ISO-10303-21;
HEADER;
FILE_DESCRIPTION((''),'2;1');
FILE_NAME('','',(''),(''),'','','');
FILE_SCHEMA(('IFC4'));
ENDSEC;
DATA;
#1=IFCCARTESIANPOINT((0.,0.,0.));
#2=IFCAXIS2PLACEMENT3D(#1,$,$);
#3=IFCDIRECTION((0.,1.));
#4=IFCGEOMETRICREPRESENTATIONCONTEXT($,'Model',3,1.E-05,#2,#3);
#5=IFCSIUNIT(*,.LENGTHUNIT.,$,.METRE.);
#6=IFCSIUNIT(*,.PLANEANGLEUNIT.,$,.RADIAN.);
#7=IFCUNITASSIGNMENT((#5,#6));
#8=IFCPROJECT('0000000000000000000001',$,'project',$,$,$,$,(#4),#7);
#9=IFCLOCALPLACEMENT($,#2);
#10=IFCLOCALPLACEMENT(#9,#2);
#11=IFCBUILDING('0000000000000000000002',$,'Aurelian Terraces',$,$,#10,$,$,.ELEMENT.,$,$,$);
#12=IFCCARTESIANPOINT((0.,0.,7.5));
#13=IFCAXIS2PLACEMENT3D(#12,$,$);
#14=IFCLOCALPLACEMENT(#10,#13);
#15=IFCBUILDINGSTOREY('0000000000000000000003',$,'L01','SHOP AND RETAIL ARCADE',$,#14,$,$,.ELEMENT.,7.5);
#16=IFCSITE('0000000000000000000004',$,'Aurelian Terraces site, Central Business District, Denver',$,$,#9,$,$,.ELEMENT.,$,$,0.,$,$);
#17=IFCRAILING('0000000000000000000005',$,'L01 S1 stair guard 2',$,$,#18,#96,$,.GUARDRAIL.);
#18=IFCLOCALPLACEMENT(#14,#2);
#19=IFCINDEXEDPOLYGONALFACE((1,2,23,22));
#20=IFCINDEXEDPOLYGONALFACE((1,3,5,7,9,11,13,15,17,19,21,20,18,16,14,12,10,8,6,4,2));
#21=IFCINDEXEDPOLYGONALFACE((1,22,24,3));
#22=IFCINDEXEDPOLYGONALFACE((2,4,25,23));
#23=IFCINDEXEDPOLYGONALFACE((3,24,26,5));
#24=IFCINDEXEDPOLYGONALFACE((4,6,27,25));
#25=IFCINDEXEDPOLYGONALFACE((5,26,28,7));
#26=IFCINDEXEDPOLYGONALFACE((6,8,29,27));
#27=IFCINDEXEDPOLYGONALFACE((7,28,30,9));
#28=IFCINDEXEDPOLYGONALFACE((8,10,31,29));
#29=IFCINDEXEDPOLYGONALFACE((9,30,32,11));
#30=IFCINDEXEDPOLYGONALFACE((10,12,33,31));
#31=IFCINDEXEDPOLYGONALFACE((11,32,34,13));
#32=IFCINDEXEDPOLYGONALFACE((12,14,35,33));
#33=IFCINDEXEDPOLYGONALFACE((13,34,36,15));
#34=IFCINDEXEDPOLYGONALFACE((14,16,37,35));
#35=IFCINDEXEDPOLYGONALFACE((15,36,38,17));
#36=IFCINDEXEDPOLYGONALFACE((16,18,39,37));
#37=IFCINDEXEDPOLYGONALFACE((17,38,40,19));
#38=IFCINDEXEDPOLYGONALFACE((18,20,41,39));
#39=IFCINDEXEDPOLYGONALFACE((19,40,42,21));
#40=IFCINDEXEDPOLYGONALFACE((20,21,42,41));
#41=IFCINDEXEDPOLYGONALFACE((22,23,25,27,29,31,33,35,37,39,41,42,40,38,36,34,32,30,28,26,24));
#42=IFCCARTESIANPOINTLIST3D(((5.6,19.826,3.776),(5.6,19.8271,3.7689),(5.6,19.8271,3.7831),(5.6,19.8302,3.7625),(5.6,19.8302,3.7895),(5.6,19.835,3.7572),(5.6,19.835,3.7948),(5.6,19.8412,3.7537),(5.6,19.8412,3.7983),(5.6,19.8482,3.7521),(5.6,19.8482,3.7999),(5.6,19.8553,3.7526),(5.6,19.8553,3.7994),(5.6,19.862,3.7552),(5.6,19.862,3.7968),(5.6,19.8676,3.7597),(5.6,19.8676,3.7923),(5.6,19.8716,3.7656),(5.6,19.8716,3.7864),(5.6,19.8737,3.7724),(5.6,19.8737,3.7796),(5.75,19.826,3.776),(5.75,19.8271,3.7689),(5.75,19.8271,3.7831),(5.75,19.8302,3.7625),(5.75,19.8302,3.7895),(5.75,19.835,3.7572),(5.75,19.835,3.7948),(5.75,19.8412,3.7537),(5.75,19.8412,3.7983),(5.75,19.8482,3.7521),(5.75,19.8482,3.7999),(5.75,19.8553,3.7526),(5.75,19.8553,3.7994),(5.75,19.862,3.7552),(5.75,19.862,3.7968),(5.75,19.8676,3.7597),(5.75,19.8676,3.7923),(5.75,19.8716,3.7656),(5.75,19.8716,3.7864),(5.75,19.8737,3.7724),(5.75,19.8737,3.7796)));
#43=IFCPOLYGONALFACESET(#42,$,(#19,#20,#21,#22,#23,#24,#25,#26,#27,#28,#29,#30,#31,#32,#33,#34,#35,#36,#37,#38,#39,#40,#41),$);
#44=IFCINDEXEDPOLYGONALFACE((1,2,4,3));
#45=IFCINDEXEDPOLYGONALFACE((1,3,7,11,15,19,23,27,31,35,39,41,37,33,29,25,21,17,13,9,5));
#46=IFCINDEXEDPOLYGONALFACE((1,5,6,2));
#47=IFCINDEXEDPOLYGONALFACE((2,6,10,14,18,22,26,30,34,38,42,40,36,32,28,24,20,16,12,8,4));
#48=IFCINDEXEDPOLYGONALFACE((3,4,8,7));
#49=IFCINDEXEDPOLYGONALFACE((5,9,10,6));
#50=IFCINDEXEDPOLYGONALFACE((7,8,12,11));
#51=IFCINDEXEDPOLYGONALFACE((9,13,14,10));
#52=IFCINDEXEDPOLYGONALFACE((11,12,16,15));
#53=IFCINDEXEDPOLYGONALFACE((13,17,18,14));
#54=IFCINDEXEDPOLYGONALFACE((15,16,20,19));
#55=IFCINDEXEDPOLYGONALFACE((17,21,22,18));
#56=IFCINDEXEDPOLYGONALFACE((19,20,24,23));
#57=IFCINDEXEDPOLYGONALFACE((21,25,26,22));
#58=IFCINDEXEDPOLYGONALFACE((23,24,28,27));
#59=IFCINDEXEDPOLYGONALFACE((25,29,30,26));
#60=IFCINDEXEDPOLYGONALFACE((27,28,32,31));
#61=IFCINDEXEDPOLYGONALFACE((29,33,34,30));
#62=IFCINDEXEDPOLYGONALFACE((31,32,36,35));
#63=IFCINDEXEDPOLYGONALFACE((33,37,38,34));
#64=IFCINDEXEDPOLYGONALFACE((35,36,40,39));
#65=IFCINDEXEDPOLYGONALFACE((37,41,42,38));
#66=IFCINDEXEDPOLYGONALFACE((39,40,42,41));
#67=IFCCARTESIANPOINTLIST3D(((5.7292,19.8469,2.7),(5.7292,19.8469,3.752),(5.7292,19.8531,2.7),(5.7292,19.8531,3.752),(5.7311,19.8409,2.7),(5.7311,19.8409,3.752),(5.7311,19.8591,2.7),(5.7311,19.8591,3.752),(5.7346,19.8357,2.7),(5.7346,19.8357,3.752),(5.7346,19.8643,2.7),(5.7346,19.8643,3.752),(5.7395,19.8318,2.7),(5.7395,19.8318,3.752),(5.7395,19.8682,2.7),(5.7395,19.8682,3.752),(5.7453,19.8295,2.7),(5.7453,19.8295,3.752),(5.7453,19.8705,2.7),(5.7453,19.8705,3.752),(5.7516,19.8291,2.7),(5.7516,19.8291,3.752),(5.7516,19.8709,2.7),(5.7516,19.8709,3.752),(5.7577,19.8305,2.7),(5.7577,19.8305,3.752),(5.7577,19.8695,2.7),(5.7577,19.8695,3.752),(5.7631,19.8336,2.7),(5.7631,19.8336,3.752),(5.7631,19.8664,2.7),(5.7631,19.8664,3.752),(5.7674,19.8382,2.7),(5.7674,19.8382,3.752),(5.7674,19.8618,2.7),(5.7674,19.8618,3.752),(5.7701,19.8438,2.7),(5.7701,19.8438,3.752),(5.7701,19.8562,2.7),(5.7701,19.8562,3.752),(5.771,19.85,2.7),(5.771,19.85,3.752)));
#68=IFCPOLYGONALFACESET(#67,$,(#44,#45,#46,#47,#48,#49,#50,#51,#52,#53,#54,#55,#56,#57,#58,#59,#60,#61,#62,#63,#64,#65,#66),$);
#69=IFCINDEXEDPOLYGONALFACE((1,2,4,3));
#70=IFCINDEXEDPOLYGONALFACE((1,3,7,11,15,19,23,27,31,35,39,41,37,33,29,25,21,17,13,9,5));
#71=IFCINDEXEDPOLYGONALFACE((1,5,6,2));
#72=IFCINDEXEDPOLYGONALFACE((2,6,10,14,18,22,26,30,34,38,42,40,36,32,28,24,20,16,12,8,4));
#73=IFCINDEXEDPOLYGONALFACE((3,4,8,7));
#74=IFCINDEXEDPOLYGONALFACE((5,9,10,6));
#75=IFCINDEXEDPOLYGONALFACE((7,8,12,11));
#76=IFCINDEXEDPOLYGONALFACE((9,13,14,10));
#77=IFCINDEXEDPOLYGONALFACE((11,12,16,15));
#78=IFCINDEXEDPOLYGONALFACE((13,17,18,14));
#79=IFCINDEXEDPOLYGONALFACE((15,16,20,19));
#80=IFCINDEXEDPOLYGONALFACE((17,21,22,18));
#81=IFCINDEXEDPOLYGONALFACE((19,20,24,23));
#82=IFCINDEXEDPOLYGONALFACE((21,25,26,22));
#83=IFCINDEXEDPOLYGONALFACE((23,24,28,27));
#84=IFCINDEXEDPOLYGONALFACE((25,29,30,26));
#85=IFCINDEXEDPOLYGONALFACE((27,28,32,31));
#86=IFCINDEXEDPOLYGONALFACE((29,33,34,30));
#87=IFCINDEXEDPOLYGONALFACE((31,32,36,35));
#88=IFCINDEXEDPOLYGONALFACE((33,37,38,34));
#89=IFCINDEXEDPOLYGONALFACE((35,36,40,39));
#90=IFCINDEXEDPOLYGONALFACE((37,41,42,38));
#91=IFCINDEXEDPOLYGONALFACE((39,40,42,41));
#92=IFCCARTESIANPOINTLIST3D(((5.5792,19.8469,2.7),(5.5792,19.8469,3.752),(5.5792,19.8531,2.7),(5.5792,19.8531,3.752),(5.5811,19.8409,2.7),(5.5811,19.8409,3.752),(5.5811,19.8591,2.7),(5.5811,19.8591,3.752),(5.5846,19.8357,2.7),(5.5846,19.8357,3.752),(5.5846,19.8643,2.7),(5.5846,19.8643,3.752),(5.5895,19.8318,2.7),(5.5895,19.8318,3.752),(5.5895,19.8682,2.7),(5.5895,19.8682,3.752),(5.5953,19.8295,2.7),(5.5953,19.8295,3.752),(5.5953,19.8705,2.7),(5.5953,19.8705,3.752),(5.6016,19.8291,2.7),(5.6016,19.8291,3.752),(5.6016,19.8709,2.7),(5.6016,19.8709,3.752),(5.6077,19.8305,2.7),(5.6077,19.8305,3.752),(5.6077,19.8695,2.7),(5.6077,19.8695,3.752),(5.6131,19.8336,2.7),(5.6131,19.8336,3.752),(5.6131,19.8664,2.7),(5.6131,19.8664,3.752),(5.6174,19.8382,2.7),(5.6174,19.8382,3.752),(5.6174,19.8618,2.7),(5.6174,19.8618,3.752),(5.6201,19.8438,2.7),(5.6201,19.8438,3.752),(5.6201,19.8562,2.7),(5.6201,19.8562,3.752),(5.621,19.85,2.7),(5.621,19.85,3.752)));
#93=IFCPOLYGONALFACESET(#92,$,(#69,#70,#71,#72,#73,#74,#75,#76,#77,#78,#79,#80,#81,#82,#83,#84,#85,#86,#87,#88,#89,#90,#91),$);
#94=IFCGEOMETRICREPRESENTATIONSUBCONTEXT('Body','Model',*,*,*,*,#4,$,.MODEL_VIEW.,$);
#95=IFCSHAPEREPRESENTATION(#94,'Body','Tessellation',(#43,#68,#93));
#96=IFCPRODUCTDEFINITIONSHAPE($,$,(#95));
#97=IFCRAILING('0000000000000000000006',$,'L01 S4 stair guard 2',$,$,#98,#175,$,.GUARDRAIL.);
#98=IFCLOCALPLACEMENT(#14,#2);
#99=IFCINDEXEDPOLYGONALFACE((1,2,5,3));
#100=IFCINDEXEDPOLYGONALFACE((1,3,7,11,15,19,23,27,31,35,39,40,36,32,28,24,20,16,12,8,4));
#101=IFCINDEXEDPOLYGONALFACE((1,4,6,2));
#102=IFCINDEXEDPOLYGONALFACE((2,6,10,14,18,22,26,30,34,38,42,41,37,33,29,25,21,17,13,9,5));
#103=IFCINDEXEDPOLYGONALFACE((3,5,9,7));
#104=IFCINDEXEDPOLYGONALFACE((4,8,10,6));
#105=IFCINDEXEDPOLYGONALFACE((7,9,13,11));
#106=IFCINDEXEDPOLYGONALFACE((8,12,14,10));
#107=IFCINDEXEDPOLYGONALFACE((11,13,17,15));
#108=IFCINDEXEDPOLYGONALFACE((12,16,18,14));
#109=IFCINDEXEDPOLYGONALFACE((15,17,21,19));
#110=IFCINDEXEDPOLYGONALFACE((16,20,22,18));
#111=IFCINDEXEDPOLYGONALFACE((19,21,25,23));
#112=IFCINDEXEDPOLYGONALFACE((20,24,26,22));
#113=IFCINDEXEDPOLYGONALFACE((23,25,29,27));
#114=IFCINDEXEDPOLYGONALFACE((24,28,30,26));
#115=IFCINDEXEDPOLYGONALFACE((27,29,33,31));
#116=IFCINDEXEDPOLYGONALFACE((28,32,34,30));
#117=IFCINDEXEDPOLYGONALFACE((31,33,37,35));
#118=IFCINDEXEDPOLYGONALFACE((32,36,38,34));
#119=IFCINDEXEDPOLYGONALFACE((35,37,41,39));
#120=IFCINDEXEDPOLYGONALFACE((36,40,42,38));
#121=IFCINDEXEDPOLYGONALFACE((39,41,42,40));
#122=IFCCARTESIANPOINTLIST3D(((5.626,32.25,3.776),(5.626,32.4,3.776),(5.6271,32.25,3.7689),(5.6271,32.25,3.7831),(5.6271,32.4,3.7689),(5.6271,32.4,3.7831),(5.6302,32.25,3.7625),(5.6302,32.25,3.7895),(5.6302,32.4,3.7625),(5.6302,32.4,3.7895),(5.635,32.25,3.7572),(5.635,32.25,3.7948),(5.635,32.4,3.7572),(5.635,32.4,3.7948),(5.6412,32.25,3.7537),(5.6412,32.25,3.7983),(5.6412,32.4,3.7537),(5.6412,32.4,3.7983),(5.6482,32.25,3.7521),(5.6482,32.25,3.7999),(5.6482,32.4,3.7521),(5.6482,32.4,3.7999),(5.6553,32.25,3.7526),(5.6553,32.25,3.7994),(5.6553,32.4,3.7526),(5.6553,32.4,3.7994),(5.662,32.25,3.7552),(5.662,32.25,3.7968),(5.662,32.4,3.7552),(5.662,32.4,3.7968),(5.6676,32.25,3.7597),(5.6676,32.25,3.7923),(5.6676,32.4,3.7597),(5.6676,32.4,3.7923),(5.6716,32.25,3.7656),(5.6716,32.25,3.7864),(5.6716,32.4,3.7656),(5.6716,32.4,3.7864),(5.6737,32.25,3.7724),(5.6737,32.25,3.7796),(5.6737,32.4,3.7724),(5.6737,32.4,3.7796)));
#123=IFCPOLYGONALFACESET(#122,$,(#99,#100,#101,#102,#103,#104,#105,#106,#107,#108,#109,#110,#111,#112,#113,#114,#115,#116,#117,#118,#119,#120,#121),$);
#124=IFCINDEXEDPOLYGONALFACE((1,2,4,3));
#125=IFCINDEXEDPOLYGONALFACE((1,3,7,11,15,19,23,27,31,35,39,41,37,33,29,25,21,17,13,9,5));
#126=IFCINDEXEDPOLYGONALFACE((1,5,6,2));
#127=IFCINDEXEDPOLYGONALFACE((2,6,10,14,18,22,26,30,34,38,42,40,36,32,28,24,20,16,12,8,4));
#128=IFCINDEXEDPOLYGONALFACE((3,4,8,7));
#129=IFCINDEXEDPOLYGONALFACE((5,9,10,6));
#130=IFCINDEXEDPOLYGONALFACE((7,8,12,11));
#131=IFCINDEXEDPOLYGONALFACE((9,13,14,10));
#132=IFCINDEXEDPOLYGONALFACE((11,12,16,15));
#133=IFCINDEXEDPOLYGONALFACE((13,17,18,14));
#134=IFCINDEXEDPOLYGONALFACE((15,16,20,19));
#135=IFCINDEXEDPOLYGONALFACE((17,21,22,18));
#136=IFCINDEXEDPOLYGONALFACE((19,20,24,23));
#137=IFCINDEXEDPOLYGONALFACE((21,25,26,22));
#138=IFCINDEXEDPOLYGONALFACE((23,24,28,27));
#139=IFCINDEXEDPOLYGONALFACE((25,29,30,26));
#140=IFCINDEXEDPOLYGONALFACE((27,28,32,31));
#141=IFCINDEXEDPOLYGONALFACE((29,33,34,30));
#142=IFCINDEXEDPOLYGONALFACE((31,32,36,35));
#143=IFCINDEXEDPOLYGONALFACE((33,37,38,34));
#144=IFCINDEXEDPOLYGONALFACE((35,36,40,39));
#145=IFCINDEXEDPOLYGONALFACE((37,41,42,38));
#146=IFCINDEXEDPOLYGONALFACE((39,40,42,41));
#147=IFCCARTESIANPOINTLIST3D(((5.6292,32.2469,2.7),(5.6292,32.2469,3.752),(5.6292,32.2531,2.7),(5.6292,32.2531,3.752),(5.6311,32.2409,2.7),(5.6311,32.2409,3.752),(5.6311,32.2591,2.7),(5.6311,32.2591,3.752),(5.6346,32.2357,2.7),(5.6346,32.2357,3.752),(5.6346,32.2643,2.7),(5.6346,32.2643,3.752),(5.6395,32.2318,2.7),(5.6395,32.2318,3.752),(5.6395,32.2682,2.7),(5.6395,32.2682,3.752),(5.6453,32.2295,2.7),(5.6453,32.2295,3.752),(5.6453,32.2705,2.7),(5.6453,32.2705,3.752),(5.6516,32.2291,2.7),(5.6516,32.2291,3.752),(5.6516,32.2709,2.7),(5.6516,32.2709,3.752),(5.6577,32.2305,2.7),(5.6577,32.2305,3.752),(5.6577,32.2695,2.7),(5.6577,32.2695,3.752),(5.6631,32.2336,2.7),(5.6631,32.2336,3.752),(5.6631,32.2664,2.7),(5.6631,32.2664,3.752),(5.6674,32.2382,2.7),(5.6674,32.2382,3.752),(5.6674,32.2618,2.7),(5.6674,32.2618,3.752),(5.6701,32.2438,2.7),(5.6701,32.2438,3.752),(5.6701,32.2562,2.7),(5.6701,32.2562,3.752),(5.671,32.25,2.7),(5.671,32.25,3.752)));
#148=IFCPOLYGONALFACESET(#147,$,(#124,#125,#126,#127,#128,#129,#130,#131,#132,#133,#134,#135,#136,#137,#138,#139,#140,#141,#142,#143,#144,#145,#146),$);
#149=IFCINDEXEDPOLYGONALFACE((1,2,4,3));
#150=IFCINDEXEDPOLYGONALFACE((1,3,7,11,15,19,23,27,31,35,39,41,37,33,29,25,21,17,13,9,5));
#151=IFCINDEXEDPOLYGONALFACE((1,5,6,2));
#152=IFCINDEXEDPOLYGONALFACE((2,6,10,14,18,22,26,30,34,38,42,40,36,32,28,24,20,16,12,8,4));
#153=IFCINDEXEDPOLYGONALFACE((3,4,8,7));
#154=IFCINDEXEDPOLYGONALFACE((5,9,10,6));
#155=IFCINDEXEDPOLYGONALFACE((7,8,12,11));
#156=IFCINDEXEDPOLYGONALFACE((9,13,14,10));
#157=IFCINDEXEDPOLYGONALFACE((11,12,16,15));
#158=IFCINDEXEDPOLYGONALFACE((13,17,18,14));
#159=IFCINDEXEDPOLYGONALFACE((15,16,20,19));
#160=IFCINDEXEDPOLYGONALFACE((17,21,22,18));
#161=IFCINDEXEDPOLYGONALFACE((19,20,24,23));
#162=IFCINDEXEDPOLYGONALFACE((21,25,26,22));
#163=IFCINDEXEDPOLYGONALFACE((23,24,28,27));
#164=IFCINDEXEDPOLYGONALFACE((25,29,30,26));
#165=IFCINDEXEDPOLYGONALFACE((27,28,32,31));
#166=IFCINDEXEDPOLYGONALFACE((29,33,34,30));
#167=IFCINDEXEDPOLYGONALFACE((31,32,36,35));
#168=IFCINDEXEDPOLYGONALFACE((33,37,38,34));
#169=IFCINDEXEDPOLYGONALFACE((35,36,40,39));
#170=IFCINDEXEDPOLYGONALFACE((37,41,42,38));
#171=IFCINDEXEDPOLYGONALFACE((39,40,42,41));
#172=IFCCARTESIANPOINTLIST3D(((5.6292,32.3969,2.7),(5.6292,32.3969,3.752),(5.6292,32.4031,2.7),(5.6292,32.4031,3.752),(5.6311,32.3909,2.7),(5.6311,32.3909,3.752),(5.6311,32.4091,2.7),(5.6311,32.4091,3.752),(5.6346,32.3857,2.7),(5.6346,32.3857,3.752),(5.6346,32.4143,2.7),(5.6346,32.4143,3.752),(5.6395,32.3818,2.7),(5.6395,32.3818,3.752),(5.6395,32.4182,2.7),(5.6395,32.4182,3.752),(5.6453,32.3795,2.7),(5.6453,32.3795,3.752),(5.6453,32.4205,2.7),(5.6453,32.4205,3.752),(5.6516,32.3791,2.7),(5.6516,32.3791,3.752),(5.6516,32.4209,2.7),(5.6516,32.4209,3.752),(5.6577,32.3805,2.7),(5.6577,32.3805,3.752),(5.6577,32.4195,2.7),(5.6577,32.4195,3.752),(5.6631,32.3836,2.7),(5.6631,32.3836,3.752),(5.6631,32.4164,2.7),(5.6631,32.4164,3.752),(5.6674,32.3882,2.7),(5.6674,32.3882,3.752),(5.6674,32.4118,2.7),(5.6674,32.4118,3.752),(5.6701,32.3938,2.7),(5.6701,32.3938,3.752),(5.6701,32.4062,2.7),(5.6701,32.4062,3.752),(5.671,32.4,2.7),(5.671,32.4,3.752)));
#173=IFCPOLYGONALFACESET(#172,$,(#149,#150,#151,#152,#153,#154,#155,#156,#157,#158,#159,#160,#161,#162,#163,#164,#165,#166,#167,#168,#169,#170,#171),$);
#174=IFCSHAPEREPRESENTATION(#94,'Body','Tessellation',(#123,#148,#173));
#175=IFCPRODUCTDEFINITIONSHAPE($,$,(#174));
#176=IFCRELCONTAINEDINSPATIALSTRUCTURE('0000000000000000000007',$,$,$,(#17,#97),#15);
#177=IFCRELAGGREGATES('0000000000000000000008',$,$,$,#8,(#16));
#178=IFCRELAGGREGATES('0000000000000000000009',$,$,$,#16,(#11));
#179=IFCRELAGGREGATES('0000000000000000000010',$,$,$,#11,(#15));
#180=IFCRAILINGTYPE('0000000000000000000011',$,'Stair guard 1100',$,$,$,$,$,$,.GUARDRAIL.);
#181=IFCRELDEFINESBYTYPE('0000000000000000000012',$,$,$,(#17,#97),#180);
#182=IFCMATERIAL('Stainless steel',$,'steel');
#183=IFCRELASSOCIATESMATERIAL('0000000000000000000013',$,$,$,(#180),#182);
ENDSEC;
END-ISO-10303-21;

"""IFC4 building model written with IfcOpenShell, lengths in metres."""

from ifc_helpers import new_model, si_unit, direction, frame, origin, origin_2d, place, context, subcontext, project, spatial, circle, extrude, source, transform, mapped, material, type_object, element, save


model = new_model("IFC4")

# Units and contexts
model_context = context("Model", 3, precision=1e-05, world=origin(), true_north=direction((0.0, 1.0)))
body_context = subcontext(model_context, "Body", "Model", "MODEL_VIEW")
ifc_project = project(units=[si_unit("LENGTHUNIT", "METRE"), si_unit("PLANEANGLEUNIT", "RADIAN")], contexts=[model_context])

# Site, building, storey
site_placement = place(None, origin())
site = spatial("IfcSite", under=ifc_project, at=site_placement, Name="Aurelian Terraces site, Central Business District, Denver", CompositionType="ELEMENT", RefElevation=0.0)
building_placement = place(site_placement, origin())
building = spatial("IfcBuilding", under=site, at=building_placement, Name="Aurelian Terraces", CompositionType="ELEMENT")
storey_placement = place(building_placement, frame((0.0, 0.0, 7.5)))
storey = spatial("IfcBuildingStorey", under=building, at=storey_placement, Name="L01", Description="SHOP AND RETAIL ARCADE", CompositionType="ELEMENT", Elevation=7.5)

# Railings
ifc_material_1 = material(Name="Stainless steel", Category="steel")
railing_type = type_object("IfcRailingType", Name="Stair guard 1100", PredefinedType="GUARDRAIL", material=ifc_material_1)
shared_shape_1 = source(origin(), body_context, "Body", "SweptSolid", [
    extrude(circle(Radius=0.024, at=origin_2d()), frame((0.0, 0.0, 1.076), z_axis=(-1.0, 0.0, 0.0), x_axis=(0.0, -1.0, 0.0)), (0.0, 0.0, 1.0), 0.15),
    extrude(circle(Radius=0.021, at=origin_2d()), origin(), (0.0, 0.0, 1.0), 1.052),
    extrude(circle(Radius=0.021, at=origin_2d()), frame((-0.15, 0.0, 0.0)), (0.0, 0.0, 1.0), 1.052),
])
railing_1_placement = place(storey_placement, frame((5.75, 19.85, 2.7)))
element("IfcRailing", 1, at=railing_1_placement, inside=storey, type_object=railing_type, Name="L01 S1 stair guard 2", PredefinedType="GUARDRAIL", context=body_context, shape_type="MappedRepresentation", body=[
    mapped(shared_shape_1, transform((0.0, 0.0, 0.0), scale=1.0)),
])
shared_shape_2 = source(origin(), body_context, "Body", "SweptSolid", [
    extrude(circle(Radius=0.024, at=origin_2d()), frame((0.0, 0.0, 1.076), z_axis=(0.0, 1.0, 0.0), x_axis=(-1.0, 0.0, 0.0)), (0.0, 0.0, 1.0), 0.15),
    extrude(circle(Radius=0.021, at=origin_2d()), origin(), (0.0, 0.0, 1.0), 1.052),
    extrude(circle(Radius=0.021, at=origin_2d()), frame((0.0, 0.15, 0.0)), (0.0, 0.0, 1.0), 1.052),
])
railing_2_placement = place(storey_placement, frame((5.65, 32.25, 2.7)))
element("IfcRailing", 2, at=railing_2_placement, inside=storey, type_object=railing_type, Name="L01 S4 stair guard 2", PredefinedType="GUARDRAIL", context=body_context, shape_type="MappedRepresentation", body=[
    mapped(shared_shape_2, transform((0.0, 0.0, 0.0), scale=1.0)),
])

save(model, "model.ifc")
